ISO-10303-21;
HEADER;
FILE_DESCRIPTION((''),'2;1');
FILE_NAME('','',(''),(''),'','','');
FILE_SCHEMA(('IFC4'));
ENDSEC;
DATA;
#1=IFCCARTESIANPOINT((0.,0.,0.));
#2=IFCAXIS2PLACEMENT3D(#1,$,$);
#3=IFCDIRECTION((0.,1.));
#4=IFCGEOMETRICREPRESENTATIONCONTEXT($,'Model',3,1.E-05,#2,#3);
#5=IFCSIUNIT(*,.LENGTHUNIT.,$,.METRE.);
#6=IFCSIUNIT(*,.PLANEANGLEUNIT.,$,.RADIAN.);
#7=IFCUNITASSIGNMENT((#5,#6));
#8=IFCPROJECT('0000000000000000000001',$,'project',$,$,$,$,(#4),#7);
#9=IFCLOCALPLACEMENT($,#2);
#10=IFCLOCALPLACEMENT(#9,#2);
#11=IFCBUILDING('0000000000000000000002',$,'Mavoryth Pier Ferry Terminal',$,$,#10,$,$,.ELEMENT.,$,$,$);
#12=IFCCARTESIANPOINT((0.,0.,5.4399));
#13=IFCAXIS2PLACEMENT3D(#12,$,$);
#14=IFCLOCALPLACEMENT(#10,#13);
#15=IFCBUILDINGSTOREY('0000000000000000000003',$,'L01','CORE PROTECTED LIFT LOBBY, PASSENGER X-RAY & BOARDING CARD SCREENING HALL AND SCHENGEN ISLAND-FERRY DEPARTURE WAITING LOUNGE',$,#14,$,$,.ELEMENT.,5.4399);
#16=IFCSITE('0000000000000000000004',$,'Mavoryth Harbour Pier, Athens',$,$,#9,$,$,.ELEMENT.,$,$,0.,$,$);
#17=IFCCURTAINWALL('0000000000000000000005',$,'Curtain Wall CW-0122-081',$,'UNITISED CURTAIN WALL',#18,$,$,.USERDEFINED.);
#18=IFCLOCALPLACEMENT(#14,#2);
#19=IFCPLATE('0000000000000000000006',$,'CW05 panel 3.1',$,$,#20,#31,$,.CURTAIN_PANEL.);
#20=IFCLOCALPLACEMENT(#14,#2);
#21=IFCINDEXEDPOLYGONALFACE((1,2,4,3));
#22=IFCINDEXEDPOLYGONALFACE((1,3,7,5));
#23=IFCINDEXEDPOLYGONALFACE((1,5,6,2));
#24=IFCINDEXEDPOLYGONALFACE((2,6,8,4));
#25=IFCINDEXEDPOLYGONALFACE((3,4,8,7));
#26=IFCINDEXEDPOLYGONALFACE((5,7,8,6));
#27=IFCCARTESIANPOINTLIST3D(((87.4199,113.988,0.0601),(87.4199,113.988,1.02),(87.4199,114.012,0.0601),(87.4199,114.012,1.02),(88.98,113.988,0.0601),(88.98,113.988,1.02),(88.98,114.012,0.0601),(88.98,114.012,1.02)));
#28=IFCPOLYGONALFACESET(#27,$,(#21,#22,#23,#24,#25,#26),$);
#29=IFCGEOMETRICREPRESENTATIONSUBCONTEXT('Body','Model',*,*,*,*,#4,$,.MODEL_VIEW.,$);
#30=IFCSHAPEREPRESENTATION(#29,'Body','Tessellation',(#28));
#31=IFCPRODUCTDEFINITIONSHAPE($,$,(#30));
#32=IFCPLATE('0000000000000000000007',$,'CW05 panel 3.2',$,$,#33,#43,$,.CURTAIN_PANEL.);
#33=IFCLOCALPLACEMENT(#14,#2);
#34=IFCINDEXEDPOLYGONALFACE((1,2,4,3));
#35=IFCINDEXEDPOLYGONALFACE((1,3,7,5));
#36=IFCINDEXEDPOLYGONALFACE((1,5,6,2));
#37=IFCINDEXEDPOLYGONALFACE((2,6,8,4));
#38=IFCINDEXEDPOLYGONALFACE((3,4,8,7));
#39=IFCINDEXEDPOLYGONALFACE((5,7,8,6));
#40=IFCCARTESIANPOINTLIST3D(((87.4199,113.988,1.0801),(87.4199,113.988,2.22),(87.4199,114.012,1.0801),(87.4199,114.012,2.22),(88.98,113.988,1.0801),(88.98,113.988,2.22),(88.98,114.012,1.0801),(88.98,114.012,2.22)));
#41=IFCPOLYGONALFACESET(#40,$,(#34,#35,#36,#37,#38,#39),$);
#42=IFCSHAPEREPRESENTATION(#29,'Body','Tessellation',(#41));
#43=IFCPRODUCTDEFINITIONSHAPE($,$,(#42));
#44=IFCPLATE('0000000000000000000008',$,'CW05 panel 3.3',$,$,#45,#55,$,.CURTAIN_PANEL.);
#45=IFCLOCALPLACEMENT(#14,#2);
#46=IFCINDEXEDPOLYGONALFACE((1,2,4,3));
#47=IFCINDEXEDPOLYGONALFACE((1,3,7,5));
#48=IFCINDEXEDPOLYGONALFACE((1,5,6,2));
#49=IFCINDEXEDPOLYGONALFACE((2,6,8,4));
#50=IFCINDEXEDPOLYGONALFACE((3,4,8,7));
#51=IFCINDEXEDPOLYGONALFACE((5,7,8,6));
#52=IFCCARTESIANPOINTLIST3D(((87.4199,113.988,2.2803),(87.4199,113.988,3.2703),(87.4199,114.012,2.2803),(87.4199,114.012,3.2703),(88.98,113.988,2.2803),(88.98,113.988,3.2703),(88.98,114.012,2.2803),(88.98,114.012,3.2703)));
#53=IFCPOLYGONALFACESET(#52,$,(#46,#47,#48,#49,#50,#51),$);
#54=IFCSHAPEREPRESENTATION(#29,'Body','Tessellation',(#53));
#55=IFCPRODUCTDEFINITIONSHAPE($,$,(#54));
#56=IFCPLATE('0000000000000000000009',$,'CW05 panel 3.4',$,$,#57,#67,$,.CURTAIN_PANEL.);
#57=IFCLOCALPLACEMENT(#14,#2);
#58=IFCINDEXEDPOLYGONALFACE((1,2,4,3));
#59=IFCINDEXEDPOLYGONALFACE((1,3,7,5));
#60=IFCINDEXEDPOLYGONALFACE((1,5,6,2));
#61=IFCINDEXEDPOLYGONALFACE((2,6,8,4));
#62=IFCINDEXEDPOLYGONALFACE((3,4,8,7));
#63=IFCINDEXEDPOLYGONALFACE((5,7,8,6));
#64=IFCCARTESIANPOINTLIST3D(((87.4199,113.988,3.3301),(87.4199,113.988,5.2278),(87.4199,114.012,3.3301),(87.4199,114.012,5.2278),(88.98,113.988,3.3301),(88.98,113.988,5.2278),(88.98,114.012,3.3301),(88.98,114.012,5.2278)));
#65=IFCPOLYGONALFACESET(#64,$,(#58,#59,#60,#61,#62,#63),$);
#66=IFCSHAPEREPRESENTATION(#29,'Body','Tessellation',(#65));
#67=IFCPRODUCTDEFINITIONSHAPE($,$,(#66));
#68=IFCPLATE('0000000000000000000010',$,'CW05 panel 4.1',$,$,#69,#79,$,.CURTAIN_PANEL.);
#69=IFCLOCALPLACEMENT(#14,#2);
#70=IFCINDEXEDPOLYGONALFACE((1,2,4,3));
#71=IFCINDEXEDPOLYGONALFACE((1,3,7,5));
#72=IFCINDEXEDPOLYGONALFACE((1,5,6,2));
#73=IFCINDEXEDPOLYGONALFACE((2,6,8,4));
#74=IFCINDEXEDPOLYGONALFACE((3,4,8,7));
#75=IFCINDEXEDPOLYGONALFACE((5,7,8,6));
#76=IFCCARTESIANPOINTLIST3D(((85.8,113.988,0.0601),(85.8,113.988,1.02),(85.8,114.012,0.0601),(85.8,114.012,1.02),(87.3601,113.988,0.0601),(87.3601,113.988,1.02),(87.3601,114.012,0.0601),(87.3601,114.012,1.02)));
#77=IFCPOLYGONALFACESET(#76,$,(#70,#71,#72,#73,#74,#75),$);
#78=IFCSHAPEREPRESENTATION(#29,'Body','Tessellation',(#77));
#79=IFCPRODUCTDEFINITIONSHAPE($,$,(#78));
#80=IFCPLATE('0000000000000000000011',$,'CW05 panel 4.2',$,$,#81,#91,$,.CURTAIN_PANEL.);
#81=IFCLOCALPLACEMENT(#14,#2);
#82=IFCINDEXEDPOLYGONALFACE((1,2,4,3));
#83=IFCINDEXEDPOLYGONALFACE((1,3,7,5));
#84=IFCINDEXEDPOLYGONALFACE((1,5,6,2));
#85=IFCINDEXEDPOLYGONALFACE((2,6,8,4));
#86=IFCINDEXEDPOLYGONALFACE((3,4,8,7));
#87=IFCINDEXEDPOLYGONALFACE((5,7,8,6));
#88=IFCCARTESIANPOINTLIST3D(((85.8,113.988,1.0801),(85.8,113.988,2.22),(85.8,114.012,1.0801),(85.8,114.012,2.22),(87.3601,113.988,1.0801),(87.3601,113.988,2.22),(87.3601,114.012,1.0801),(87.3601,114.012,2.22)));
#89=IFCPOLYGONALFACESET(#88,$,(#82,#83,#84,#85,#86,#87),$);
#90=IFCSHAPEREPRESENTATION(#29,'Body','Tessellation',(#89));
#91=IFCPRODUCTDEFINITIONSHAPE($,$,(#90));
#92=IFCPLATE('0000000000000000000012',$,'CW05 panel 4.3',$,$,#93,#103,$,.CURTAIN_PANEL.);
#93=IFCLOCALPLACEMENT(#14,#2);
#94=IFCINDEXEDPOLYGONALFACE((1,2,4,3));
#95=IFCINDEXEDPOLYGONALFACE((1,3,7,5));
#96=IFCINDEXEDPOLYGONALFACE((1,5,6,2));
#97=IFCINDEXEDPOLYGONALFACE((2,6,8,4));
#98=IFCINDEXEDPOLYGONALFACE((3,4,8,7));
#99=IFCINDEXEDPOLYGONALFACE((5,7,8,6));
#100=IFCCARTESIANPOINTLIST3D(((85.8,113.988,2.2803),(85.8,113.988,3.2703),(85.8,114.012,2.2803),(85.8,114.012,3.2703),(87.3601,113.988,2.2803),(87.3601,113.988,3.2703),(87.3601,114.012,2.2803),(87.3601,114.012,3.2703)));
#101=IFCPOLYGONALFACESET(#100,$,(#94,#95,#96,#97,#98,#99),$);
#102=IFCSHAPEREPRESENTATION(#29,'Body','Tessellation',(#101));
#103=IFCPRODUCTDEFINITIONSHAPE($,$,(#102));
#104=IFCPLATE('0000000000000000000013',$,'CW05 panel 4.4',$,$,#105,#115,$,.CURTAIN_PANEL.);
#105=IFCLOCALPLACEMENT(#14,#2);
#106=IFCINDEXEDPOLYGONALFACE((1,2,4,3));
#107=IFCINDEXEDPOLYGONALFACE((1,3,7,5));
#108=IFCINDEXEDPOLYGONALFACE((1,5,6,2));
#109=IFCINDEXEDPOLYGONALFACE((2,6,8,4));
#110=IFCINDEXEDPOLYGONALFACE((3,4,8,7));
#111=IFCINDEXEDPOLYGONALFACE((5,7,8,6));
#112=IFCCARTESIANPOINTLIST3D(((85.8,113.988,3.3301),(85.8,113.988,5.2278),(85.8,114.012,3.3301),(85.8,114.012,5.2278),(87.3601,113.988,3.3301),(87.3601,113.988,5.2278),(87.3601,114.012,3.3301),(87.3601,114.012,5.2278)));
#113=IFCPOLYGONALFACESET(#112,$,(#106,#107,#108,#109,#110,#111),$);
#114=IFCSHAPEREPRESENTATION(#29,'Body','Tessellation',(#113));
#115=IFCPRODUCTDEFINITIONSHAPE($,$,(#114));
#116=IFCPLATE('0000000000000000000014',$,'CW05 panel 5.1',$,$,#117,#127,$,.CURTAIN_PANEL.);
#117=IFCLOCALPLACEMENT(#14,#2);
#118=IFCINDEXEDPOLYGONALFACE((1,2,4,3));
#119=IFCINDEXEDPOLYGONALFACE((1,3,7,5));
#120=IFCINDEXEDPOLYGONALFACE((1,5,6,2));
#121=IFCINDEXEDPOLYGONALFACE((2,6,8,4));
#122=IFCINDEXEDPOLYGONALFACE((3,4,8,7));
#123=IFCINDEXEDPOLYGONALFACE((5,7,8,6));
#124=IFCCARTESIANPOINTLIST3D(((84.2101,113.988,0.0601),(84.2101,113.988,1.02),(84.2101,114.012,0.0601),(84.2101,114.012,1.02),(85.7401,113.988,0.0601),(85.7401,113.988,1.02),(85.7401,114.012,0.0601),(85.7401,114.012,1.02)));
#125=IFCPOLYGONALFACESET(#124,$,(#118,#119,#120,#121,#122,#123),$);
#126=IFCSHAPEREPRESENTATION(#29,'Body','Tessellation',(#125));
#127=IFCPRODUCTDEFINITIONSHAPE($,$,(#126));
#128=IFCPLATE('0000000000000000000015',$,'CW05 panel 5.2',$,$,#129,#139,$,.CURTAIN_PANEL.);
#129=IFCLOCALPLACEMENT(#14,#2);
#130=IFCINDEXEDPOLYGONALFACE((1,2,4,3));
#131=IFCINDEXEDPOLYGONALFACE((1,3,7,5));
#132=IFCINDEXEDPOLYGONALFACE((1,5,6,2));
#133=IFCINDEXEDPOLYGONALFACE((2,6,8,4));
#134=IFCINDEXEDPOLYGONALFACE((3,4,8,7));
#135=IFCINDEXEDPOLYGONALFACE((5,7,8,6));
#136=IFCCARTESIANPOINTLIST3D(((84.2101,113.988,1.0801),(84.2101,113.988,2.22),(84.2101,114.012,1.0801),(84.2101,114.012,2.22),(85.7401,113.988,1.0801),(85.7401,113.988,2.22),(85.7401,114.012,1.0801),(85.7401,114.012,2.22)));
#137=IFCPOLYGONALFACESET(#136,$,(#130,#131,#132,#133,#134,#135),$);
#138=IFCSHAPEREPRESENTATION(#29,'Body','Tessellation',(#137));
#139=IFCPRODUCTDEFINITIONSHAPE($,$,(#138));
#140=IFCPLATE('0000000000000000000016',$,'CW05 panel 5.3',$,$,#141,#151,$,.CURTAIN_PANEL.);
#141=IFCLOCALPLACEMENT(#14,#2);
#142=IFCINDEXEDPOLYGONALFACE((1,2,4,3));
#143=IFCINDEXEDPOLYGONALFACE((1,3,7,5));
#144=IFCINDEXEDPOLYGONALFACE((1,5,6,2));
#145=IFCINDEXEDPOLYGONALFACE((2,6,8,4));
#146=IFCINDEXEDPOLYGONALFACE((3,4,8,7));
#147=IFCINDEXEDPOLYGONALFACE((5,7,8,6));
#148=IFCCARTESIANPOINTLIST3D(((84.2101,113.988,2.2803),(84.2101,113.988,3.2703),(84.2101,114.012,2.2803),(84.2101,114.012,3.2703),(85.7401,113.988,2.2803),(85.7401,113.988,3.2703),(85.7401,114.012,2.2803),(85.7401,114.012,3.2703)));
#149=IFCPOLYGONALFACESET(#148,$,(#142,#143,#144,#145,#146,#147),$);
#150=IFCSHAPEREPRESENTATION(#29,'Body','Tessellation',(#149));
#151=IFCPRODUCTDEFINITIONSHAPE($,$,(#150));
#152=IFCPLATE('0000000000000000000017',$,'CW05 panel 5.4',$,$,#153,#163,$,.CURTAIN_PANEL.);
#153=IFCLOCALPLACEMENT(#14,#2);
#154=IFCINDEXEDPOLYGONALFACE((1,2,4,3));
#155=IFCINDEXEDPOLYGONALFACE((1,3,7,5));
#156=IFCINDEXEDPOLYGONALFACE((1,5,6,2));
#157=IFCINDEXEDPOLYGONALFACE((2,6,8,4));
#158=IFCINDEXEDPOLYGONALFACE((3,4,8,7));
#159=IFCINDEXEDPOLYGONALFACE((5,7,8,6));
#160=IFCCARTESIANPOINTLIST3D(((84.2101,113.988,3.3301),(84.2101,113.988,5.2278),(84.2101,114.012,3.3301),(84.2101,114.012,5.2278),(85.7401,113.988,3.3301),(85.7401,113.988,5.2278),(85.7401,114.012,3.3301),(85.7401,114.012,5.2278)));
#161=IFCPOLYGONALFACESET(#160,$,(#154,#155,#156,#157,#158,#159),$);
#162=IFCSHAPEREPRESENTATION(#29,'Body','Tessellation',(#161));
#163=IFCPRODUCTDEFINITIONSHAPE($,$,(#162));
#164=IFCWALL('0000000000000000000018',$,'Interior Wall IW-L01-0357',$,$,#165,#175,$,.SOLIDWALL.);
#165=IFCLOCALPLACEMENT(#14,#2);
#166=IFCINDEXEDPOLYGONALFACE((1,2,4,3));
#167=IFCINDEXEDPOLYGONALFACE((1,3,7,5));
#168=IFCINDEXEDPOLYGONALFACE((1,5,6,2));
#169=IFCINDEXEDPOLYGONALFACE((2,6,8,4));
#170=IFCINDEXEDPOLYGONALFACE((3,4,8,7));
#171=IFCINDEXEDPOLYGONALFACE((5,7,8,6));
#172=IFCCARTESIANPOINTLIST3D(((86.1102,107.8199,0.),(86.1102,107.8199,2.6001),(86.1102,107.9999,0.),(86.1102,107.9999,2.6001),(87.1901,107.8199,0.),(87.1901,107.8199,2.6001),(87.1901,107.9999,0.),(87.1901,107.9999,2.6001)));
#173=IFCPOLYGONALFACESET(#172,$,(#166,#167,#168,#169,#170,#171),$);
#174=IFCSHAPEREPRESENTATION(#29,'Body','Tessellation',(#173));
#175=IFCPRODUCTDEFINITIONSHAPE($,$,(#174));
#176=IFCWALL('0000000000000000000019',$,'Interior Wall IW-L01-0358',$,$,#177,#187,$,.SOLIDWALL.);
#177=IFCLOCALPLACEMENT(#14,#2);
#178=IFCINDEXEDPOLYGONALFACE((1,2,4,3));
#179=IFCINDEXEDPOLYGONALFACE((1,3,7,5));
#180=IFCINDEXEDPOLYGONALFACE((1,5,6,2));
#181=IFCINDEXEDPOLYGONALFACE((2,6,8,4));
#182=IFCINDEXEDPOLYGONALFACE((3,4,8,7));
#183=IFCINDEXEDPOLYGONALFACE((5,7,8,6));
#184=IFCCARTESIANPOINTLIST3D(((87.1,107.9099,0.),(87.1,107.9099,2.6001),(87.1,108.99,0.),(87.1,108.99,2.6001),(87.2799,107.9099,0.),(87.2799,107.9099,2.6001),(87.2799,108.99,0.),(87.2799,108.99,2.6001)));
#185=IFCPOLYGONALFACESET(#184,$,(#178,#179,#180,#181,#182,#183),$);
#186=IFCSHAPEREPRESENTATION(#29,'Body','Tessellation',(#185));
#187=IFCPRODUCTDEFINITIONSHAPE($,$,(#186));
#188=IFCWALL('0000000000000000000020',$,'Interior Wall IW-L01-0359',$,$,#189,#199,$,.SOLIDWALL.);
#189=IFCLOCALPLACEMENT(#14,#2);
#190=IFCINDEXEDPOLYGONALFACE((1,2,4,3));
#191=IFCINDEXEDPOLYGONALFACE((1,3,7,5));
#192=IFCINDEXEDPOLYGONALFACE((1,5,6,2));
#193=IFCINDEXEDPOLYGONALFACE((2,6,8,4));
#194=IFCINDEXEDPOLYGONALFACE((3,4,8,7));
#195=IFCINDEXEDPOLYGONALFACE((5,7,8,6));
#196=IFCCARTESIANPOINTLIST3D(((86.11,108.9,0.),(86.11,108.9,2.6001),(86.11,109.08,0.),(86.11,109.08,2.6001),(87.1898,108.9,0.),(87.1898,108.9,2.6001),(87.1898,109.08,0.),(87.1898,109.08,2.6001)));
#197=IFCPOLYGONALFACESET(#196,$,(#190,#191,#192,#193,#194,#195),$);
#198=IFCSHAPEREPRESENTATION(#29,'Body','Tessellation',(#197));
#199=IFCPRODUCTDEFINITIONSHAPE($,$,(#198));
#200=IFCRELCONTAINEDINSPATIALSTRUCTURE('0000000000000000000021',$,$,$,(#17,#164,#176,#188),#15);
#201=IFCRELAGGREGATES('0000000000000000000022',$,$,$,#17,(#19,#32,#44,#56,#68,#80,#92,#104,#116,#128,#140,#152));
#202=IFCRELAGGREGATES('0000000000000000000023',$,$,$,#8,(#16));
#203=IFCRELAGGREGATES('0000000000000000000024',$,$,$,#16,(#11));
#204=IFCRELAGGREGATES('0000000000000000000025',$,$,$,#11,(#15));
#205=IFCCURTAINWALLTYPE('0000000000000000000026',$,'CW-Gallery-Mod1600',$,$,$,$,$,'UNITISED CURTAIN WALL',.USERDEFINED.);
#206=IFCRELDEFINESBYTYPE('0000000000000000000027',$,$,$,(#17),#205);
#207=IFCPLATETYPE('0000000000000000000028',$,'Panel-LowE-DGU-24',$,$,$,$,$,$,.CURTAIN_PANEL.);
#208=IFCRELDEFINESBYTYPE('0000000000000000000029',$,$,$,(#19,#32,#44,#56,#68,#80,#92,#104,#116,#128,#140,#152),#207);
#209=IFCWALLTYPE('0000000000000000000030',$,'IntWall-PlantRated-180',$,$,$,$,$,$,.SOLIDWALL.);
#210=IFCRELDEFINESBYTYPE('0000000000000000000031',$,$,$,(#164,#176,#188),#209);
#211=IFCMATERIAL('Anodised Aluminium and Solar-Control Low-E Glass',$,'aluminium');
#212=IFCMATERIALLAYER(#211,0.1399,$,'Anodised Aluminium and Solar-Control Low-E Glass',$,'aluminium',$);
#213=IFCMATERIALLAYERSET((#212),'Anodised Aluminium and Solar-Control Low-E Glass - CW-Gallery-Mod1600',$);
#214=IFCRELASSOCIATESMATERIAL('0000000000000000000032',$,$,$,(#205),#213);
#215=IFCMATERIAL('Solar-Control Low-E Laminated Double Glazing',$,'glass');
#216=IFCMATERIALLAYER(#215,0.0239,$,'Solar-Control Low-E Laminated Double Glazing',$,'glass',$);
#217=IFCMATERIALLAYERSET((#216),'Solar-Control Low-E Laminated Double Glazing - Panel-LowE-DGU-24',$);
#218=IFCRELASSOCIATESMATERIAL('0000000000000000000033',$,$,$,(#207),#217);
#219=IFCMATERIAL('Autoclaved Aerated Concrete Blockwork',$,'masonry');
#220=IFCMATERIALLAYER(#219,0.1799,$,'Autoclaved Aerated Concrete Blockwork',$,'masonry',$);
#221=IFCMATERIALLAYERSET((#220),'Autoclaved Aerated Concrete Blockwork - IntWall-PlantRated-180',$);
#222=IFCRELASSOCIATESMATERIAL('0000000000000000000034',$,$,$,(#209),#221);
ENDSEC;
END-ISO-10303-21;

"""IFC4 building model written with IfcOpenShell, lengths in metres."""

from ifc_helpers import new_model, si_unit, direction, frame, frame_2d, origin, origin_2d, place, context, subcontext, project, spatial, rectangle, extrude, material, layer, layer_set, type_object, element, aggregate, save


model = new_model("IFC4")

# Units and contexts
model_context = context("Model", 3, precision=1e-05, world=origin(), true_north=direction((0.0, 1.0)))
body_context = subcontext(model_context, "Body", "Model", "MODEL_VIEW")
ifc_project = project(units=[si_unit("LENGTHUNIT", "METRE"), si_unit("PLANEANGLEUNIT", "RADIAN")], contexts=[model_context])

# Site, building, storey
site_placement = place(None, origin())
site = spatial("IfcSite", under=ifc_project, at=site_placement, Name="Mavoryth Harbour Pier, Athens", CompositionType="ELEMENT", RefElevation=0.0)
building_placement = place(site_placement, origin())
building = spatial("IfcBuilding", under=site, at=building_placement, Name="Mavoryth Pier Ferry Terminal", CompositionType="ELEMENT")
storey_placement = place(building_placement, frame((0.0, 0.0, 5.4399)))
storey = spatial("IfcBuildingStorey", under=building, at=storey_placement, Name="L01", Description="CORE PROTECTED LIFT LOBBY, PASSENGER X-RAY & BOARDING CARD SCREENING HALL AND SCHENGEN ISLAND-FERRY DEPARTURE WAITING LOUNGE", CompositionType="ELEMENT", Elevation=5.4399)

# Curtain wall, plates
ifc_material_1 = material(Name="Anodised Aluminium and Solar-Control Low-E Glass", Category="aluminium")
ifc_layer_1 = layer(ifc_material_1, 0.1399, Name="Anodised Aluminium and Solar-Control Low-E Glass", Category="aluminium")
ifc_layer_set_1 = layer_set([ifc_layer_1], Name="Anodised Aluminium and Solar-Control Low-E Glass - CW-Gallery-Mod1600")
curtain_wall_type = type_object("IfcCurtainWallType", Name="CW-Gallery-Mod1600", ElementType="UNITISED CURTAIN WALL", PredefinedType="USERDEFINED", material=ifc_layer_set_1)
curtain_wall_placement = place(storey_placement, origin())
curtain_wall = element("IfcCurtainWall", 1, at=curtain_wall_placement, inside=storey, type_object=curtain_wall_type, Name="Curtain Wall CW-0122-081", ObjectType="UNITISED CURTAIN WALL", PredefinedType="USERDEFINED")
ifc_material_2 = material(Name="Solar-Control Low-E Laminated Double Glazing", Category="glass")
ifc_layer_2 = layer(ifc_material_2, 0.0239, Name="Solar-Control Low-E Laminated Double Glazing", Category="glass")
ifc_layer_set_2 = layer_set([ifc_layer_2], Name="Solar-Control Low-E Laminated Double Glazing - Panel-LowE-DGU-24")
plate_type = type_object("IfcPlateType", Name="Panel-LowE-DGU-24", PredefinedType="CURTAIN_PANEL", material=ifc_layer_set_2)
plate_1_placement = place(storey_placement, frame((88.2, 114.0, 0.0601), z_axis=(0.0, 0.0, 1.0), x_axis=(-1.0, 0.0, 0.0)))
plate_1 = element("IfcPlate", 2, at=plate_1_placement, type_object=plate_type, Name="CW05 panel 3.1", PredefinedType="CURTAIN_PANEL", context=body_context, shape_type="SweptSolid", body=[
    extrude(rectangle(XDim=1.5601, YDim=0.0239, at=origin_2d()), origin(), (0.0, 0.0, 1.0), 0.96),
])
plate_2_placement = place(storey_placement, frame((88.2, 114.0, 1.0801), z_axis=(0.0, 0.0, 1.0), x_axis=(-1.0, 0.0, 0.0)))
plate_2 = element("IfcPlate", 3, at=plate_2_placement, type_object=plate_type, Name="CW05 panel 3.2", PredefinedType="CURTAIN_PANEL", context=body_context, shape_type="SweptSolid", body=[
    extrude(rectangle(XDim=1.5601, YDim=0.0239, at=origin_2d()), origin(), (0.0, 0.0, 1.0), 1.1399),
])
plate_3_placement = place(storey_placement, frame((88.2, 114.0, 2.2803), z_axis=(0.0, 0.0, 1.0), x_axis=(-1.0, 0.0, 0.0)))
plate_3 = element("IfcPlate", 4, at=plate_3_placement, type_object=plate_type, Name="CW05 panel 3.3", PredefinedType="CURTAIN_PANEL", context=body_context, shape_type="SweptSolid", body=[
    extrude(rectangle(XDim=1.5601, YDim=0.0239, at=origin_2d()), origin(), (0.0, 0.0, 1.0), 0.99),
])
plate_4_placement = place(storey_placement, frame((88.2, 114.0, 3.3301), z_axis=(0.0, 0.0, 1.0), x_axis=(-1.0, 0.0, 0.0)))
plate_4 = element("IfcPlate", 5, at=plate_4_placement, type_object=plate_type, Name="CW05 panel 3.4", PredefinedType="CURTAIN_PANEL", context=body_context, shape_type="SweptSolid", body=[
    extrude(rectangle(XDim=1.5601, YDim=0.0239, at=origin_2d()), origin(), (0.0, 0.0, 1.0), 1.8977),
])
plate_5_placement = place(storey_placement, frame((86.5801, 114.0, 0.0601), z_axis=(0.0, 0.0, 1.0), x_axis=(-1.0, 0.0, 0.0)))
plate_5 = element("IfcPlate", 6, at=plate_5_placement, type_object=plate_type, Name="CW05 panel 4.1", PredefinedType="CURTAIN_PANEL", context=body_context, shape_type="SweptSolid", body=[
    extrude(rectangle(XDim=1.5601, YDim=0.0239, at=origin_2d()), origin(), (0.0, 0.0, 1.0), 0.96),
])
plate_6_placement = place(storey_placement, frame((86.5801, 114.0, 1.0801), z_axis=(0.0, 0.0, 1.0), x_axis=(-1.0, 0.0, 0.0)))
plate_6 = element("IfcPlate", 7, at=plate_6_placement, type_object=plate_type, Name="CW05 panel 4.2", PredefinedType="CURTAIN_PANEL", context=body_context, shape_type="SweptSolid", body=[
    extrude(rectangle(XDim=1.5601, YDim=0.0239, at=origin_2d()), origin(), (0.0, 0.0, 1.0), 1.1399),
])
plate_7_placement = place(storey_placement, frame((86.5801, 114.0, 2.2803), z_axis=(0.0, 0.0, 1.0), x_axis=(-1.0, 0.0, 0.0)))
plate_7 = element("IfcPlate", 8, at=plate_7_placement, type_object=plate_type, Name="CW05 panel 4.3", PredefinedType="CURTAIN_PANEL", context=body_context, shape_type="SweptSolid", body=[
    extrude(rectangle(XDim=1.5601, YDim=0.0239, at=origin_2d()), origin(), (0.0, 0.0, 1.0), 0.99),
])
plate_8_placement = place(storey_placement, frame((86.5801, 114.0, 3.3301), z_axis=(0.0, 0.0, 1.0), x_axis=(-1.0, 0.0, 0.0)))
plate_8 = element("IfcPlate", 9, at=plate_8_placement, type_object=plate_type, Name="CW05 panel 4.4", PredefinedType="CURTAIN_PANEL", context=body_context, shape_type="SweptSolid", body=[
    extrude(rectangle(XDim=1.5601, YDim=0.0239, at=origin_2d()), origin(), (0.0, 0.0, 1.0), 1.8977),
])
plate_9_placement = place(storey_placement, frame((84.9751, 114.0, 0.0601), z_axis=(0.0, 0.0, 1.0), x_axis=(-1.0, 0.0, 0.0)))
plate_9 = element("IfcPlate", 10, at=plate_9_placement, type_object=plate_type, Name="CW05 panel 5.1", PredefinedType="CURTAIN_PANEL", context=body_context, shape_type="SweptSolid", body=[
    extrude(rectangle(XDim=1.53, YDim=0.0239, at=origin_2d()), origin(), (0.0, 0.0, 1.0), 0.96),
])
plate_10_placement = place(storey_placement, frame((84.9751, 114.0, 1.0801), z_axis=(0.0, 0.0, 1.0), x_axis=(-1.0, 0.0, 0.0)))
plate_10 = element("IfcPlate", 11, at=plate_10_placement, type_object=plate_type, Name="CW05 panel 5.2", PredefinedType="CURTAIN_PANEL", context=body_context, shape_type="SweptSolid", body=[
    extrude(rectangle(XDim=1.53, YDim=0.0239, at=origin_2d()), origin(), (0.0, 0.0, 1.0), 1.1399),
])
plate_11_placement = place(storey_placement, frame((84.9751, 114.0, 2.2803), z_axis=(0.0, 0.0, 1.0), x_axis=(-1.0, 0.0, 0.0)))
plate_11 = element("IfcPlate", 12, at=plate_11_placement, type_object=plate_type, Name="CW05 panel 5.3", PredefinedType="CURTAIN_PANEL", context=body_context, shape_type="SweptSolid", body=[
    extrude(rectangle(XDim=1.53, YDim=0.0239, at=origin_2d()), origin(), (0.0, 0.0, 1.0), 0.99),
])
plate_12_placement = place(storey_placement, frame((84.9751, 114.0, 3.3301), z_axis=(0.0, 0.0, 1.0), x_axis=(-1.0, 0.0, 0.0)))
plate_12 = element("IfcPlate", 13, at=plate_12_placement, type_object=plate_type, Name="CW05 panel 5.4", PredefinedType="CURTAIN_PANEL", context=body_context, shape_type="SweptSolid", body=[
    extrude(rectangle(XDim=1.53, YDim=0.0239, at=origin_2d()), origin(), (0.0, 0.0, 1.0), 1.8977),
])
aggregate(curtain_wall, [plate_1, plate_2, plate_3, plate_4, plate_5, plate_6, plate_7, plate_8, plate_9, plate_10, plate_11, plate_12])

# Walls
ifc_material_3 = material(Name="Autoclaved Aerated Concrete Blockwork", Category="masonry")
ifc_layer_3 = layer(ifc_material_3, 0.1799, Name="Autoclaved Aerated Concrete Blockwork", Category="masonry")
ifc_layer_set_3 = layer_set([ifc_layer_3], Name="Autoclaved Aerated Concrete Blockwork - IntWall-PlantRated-180")
wall_type = type_object("IfcWallType", Name="IntWall-PlantRated-180", PredefinedType="SOLIDWALL", material=ifc_layer_set_3)
wall_1_placement = place(storey_placement, frame((86.1101, 107.9099, 0.0), z_axis=(0.0, 0.0, 1.0), x_axis=(1.0, 0.0, 0.0)))
element("IfcWall", 14, at=wall_1_placement, inside=storey, type_object=wall_type, Name="Interior Wall IW-L01-0357", PredefinedType="SOLIDWALL", context=body_context, shape_type="SweptSolid", body=[
    extrude(rectangle(XDim=1.0798, YDim=0.1799, at=frame_2d((0.54, 0.0))), origin(), (0.0, 0.0, 1.0), 2.6001),
])
wall_2_placement = place(storey_placement, frame((87.1899, 107.9099, 0.0), z_axis=(0.0, 0.0, 1.0), x_axis=(0.0, 1.0, 0.0)))
element("IfcWall", 15, at=wall_2_placement, inside=storey, type_object=wall_type, Name="Interior Wall IW-L01-0358", PredefinedType="SOLIDWALL", context=body_context, shape_type="SweptSolid", body=[
    extrude(rectangle(XDim=1.0801, YDim=0.1799, at=frame_2d((0.54, 0.0))), origin(), (0.0, 0.0, 1.0), 2.6001),
])
wall_3_placement = place(storey_placement, frame((87.1899, 108.99, 0.0), z_axis=(0.0, 0.0, 1.0), x_axis=(-1.0, 0.0, 0.0)))
element("IfcWall", 16, at=wall_3_placement, inside=storey, type_object=wall_type, Name="Interior Wall IW-L01-0359", PredefinedType="SOLIDWALL", context=body_context, shape_type="SweptSolid", body=[
    extrude(rectangle(XDim=1.0798, YDim=0.1799, at=frame_2d((0.54, 0.0))), origin(), (0.0, 0.0, 1.0), 2.6001),
])

save(model, "model.ifc")
